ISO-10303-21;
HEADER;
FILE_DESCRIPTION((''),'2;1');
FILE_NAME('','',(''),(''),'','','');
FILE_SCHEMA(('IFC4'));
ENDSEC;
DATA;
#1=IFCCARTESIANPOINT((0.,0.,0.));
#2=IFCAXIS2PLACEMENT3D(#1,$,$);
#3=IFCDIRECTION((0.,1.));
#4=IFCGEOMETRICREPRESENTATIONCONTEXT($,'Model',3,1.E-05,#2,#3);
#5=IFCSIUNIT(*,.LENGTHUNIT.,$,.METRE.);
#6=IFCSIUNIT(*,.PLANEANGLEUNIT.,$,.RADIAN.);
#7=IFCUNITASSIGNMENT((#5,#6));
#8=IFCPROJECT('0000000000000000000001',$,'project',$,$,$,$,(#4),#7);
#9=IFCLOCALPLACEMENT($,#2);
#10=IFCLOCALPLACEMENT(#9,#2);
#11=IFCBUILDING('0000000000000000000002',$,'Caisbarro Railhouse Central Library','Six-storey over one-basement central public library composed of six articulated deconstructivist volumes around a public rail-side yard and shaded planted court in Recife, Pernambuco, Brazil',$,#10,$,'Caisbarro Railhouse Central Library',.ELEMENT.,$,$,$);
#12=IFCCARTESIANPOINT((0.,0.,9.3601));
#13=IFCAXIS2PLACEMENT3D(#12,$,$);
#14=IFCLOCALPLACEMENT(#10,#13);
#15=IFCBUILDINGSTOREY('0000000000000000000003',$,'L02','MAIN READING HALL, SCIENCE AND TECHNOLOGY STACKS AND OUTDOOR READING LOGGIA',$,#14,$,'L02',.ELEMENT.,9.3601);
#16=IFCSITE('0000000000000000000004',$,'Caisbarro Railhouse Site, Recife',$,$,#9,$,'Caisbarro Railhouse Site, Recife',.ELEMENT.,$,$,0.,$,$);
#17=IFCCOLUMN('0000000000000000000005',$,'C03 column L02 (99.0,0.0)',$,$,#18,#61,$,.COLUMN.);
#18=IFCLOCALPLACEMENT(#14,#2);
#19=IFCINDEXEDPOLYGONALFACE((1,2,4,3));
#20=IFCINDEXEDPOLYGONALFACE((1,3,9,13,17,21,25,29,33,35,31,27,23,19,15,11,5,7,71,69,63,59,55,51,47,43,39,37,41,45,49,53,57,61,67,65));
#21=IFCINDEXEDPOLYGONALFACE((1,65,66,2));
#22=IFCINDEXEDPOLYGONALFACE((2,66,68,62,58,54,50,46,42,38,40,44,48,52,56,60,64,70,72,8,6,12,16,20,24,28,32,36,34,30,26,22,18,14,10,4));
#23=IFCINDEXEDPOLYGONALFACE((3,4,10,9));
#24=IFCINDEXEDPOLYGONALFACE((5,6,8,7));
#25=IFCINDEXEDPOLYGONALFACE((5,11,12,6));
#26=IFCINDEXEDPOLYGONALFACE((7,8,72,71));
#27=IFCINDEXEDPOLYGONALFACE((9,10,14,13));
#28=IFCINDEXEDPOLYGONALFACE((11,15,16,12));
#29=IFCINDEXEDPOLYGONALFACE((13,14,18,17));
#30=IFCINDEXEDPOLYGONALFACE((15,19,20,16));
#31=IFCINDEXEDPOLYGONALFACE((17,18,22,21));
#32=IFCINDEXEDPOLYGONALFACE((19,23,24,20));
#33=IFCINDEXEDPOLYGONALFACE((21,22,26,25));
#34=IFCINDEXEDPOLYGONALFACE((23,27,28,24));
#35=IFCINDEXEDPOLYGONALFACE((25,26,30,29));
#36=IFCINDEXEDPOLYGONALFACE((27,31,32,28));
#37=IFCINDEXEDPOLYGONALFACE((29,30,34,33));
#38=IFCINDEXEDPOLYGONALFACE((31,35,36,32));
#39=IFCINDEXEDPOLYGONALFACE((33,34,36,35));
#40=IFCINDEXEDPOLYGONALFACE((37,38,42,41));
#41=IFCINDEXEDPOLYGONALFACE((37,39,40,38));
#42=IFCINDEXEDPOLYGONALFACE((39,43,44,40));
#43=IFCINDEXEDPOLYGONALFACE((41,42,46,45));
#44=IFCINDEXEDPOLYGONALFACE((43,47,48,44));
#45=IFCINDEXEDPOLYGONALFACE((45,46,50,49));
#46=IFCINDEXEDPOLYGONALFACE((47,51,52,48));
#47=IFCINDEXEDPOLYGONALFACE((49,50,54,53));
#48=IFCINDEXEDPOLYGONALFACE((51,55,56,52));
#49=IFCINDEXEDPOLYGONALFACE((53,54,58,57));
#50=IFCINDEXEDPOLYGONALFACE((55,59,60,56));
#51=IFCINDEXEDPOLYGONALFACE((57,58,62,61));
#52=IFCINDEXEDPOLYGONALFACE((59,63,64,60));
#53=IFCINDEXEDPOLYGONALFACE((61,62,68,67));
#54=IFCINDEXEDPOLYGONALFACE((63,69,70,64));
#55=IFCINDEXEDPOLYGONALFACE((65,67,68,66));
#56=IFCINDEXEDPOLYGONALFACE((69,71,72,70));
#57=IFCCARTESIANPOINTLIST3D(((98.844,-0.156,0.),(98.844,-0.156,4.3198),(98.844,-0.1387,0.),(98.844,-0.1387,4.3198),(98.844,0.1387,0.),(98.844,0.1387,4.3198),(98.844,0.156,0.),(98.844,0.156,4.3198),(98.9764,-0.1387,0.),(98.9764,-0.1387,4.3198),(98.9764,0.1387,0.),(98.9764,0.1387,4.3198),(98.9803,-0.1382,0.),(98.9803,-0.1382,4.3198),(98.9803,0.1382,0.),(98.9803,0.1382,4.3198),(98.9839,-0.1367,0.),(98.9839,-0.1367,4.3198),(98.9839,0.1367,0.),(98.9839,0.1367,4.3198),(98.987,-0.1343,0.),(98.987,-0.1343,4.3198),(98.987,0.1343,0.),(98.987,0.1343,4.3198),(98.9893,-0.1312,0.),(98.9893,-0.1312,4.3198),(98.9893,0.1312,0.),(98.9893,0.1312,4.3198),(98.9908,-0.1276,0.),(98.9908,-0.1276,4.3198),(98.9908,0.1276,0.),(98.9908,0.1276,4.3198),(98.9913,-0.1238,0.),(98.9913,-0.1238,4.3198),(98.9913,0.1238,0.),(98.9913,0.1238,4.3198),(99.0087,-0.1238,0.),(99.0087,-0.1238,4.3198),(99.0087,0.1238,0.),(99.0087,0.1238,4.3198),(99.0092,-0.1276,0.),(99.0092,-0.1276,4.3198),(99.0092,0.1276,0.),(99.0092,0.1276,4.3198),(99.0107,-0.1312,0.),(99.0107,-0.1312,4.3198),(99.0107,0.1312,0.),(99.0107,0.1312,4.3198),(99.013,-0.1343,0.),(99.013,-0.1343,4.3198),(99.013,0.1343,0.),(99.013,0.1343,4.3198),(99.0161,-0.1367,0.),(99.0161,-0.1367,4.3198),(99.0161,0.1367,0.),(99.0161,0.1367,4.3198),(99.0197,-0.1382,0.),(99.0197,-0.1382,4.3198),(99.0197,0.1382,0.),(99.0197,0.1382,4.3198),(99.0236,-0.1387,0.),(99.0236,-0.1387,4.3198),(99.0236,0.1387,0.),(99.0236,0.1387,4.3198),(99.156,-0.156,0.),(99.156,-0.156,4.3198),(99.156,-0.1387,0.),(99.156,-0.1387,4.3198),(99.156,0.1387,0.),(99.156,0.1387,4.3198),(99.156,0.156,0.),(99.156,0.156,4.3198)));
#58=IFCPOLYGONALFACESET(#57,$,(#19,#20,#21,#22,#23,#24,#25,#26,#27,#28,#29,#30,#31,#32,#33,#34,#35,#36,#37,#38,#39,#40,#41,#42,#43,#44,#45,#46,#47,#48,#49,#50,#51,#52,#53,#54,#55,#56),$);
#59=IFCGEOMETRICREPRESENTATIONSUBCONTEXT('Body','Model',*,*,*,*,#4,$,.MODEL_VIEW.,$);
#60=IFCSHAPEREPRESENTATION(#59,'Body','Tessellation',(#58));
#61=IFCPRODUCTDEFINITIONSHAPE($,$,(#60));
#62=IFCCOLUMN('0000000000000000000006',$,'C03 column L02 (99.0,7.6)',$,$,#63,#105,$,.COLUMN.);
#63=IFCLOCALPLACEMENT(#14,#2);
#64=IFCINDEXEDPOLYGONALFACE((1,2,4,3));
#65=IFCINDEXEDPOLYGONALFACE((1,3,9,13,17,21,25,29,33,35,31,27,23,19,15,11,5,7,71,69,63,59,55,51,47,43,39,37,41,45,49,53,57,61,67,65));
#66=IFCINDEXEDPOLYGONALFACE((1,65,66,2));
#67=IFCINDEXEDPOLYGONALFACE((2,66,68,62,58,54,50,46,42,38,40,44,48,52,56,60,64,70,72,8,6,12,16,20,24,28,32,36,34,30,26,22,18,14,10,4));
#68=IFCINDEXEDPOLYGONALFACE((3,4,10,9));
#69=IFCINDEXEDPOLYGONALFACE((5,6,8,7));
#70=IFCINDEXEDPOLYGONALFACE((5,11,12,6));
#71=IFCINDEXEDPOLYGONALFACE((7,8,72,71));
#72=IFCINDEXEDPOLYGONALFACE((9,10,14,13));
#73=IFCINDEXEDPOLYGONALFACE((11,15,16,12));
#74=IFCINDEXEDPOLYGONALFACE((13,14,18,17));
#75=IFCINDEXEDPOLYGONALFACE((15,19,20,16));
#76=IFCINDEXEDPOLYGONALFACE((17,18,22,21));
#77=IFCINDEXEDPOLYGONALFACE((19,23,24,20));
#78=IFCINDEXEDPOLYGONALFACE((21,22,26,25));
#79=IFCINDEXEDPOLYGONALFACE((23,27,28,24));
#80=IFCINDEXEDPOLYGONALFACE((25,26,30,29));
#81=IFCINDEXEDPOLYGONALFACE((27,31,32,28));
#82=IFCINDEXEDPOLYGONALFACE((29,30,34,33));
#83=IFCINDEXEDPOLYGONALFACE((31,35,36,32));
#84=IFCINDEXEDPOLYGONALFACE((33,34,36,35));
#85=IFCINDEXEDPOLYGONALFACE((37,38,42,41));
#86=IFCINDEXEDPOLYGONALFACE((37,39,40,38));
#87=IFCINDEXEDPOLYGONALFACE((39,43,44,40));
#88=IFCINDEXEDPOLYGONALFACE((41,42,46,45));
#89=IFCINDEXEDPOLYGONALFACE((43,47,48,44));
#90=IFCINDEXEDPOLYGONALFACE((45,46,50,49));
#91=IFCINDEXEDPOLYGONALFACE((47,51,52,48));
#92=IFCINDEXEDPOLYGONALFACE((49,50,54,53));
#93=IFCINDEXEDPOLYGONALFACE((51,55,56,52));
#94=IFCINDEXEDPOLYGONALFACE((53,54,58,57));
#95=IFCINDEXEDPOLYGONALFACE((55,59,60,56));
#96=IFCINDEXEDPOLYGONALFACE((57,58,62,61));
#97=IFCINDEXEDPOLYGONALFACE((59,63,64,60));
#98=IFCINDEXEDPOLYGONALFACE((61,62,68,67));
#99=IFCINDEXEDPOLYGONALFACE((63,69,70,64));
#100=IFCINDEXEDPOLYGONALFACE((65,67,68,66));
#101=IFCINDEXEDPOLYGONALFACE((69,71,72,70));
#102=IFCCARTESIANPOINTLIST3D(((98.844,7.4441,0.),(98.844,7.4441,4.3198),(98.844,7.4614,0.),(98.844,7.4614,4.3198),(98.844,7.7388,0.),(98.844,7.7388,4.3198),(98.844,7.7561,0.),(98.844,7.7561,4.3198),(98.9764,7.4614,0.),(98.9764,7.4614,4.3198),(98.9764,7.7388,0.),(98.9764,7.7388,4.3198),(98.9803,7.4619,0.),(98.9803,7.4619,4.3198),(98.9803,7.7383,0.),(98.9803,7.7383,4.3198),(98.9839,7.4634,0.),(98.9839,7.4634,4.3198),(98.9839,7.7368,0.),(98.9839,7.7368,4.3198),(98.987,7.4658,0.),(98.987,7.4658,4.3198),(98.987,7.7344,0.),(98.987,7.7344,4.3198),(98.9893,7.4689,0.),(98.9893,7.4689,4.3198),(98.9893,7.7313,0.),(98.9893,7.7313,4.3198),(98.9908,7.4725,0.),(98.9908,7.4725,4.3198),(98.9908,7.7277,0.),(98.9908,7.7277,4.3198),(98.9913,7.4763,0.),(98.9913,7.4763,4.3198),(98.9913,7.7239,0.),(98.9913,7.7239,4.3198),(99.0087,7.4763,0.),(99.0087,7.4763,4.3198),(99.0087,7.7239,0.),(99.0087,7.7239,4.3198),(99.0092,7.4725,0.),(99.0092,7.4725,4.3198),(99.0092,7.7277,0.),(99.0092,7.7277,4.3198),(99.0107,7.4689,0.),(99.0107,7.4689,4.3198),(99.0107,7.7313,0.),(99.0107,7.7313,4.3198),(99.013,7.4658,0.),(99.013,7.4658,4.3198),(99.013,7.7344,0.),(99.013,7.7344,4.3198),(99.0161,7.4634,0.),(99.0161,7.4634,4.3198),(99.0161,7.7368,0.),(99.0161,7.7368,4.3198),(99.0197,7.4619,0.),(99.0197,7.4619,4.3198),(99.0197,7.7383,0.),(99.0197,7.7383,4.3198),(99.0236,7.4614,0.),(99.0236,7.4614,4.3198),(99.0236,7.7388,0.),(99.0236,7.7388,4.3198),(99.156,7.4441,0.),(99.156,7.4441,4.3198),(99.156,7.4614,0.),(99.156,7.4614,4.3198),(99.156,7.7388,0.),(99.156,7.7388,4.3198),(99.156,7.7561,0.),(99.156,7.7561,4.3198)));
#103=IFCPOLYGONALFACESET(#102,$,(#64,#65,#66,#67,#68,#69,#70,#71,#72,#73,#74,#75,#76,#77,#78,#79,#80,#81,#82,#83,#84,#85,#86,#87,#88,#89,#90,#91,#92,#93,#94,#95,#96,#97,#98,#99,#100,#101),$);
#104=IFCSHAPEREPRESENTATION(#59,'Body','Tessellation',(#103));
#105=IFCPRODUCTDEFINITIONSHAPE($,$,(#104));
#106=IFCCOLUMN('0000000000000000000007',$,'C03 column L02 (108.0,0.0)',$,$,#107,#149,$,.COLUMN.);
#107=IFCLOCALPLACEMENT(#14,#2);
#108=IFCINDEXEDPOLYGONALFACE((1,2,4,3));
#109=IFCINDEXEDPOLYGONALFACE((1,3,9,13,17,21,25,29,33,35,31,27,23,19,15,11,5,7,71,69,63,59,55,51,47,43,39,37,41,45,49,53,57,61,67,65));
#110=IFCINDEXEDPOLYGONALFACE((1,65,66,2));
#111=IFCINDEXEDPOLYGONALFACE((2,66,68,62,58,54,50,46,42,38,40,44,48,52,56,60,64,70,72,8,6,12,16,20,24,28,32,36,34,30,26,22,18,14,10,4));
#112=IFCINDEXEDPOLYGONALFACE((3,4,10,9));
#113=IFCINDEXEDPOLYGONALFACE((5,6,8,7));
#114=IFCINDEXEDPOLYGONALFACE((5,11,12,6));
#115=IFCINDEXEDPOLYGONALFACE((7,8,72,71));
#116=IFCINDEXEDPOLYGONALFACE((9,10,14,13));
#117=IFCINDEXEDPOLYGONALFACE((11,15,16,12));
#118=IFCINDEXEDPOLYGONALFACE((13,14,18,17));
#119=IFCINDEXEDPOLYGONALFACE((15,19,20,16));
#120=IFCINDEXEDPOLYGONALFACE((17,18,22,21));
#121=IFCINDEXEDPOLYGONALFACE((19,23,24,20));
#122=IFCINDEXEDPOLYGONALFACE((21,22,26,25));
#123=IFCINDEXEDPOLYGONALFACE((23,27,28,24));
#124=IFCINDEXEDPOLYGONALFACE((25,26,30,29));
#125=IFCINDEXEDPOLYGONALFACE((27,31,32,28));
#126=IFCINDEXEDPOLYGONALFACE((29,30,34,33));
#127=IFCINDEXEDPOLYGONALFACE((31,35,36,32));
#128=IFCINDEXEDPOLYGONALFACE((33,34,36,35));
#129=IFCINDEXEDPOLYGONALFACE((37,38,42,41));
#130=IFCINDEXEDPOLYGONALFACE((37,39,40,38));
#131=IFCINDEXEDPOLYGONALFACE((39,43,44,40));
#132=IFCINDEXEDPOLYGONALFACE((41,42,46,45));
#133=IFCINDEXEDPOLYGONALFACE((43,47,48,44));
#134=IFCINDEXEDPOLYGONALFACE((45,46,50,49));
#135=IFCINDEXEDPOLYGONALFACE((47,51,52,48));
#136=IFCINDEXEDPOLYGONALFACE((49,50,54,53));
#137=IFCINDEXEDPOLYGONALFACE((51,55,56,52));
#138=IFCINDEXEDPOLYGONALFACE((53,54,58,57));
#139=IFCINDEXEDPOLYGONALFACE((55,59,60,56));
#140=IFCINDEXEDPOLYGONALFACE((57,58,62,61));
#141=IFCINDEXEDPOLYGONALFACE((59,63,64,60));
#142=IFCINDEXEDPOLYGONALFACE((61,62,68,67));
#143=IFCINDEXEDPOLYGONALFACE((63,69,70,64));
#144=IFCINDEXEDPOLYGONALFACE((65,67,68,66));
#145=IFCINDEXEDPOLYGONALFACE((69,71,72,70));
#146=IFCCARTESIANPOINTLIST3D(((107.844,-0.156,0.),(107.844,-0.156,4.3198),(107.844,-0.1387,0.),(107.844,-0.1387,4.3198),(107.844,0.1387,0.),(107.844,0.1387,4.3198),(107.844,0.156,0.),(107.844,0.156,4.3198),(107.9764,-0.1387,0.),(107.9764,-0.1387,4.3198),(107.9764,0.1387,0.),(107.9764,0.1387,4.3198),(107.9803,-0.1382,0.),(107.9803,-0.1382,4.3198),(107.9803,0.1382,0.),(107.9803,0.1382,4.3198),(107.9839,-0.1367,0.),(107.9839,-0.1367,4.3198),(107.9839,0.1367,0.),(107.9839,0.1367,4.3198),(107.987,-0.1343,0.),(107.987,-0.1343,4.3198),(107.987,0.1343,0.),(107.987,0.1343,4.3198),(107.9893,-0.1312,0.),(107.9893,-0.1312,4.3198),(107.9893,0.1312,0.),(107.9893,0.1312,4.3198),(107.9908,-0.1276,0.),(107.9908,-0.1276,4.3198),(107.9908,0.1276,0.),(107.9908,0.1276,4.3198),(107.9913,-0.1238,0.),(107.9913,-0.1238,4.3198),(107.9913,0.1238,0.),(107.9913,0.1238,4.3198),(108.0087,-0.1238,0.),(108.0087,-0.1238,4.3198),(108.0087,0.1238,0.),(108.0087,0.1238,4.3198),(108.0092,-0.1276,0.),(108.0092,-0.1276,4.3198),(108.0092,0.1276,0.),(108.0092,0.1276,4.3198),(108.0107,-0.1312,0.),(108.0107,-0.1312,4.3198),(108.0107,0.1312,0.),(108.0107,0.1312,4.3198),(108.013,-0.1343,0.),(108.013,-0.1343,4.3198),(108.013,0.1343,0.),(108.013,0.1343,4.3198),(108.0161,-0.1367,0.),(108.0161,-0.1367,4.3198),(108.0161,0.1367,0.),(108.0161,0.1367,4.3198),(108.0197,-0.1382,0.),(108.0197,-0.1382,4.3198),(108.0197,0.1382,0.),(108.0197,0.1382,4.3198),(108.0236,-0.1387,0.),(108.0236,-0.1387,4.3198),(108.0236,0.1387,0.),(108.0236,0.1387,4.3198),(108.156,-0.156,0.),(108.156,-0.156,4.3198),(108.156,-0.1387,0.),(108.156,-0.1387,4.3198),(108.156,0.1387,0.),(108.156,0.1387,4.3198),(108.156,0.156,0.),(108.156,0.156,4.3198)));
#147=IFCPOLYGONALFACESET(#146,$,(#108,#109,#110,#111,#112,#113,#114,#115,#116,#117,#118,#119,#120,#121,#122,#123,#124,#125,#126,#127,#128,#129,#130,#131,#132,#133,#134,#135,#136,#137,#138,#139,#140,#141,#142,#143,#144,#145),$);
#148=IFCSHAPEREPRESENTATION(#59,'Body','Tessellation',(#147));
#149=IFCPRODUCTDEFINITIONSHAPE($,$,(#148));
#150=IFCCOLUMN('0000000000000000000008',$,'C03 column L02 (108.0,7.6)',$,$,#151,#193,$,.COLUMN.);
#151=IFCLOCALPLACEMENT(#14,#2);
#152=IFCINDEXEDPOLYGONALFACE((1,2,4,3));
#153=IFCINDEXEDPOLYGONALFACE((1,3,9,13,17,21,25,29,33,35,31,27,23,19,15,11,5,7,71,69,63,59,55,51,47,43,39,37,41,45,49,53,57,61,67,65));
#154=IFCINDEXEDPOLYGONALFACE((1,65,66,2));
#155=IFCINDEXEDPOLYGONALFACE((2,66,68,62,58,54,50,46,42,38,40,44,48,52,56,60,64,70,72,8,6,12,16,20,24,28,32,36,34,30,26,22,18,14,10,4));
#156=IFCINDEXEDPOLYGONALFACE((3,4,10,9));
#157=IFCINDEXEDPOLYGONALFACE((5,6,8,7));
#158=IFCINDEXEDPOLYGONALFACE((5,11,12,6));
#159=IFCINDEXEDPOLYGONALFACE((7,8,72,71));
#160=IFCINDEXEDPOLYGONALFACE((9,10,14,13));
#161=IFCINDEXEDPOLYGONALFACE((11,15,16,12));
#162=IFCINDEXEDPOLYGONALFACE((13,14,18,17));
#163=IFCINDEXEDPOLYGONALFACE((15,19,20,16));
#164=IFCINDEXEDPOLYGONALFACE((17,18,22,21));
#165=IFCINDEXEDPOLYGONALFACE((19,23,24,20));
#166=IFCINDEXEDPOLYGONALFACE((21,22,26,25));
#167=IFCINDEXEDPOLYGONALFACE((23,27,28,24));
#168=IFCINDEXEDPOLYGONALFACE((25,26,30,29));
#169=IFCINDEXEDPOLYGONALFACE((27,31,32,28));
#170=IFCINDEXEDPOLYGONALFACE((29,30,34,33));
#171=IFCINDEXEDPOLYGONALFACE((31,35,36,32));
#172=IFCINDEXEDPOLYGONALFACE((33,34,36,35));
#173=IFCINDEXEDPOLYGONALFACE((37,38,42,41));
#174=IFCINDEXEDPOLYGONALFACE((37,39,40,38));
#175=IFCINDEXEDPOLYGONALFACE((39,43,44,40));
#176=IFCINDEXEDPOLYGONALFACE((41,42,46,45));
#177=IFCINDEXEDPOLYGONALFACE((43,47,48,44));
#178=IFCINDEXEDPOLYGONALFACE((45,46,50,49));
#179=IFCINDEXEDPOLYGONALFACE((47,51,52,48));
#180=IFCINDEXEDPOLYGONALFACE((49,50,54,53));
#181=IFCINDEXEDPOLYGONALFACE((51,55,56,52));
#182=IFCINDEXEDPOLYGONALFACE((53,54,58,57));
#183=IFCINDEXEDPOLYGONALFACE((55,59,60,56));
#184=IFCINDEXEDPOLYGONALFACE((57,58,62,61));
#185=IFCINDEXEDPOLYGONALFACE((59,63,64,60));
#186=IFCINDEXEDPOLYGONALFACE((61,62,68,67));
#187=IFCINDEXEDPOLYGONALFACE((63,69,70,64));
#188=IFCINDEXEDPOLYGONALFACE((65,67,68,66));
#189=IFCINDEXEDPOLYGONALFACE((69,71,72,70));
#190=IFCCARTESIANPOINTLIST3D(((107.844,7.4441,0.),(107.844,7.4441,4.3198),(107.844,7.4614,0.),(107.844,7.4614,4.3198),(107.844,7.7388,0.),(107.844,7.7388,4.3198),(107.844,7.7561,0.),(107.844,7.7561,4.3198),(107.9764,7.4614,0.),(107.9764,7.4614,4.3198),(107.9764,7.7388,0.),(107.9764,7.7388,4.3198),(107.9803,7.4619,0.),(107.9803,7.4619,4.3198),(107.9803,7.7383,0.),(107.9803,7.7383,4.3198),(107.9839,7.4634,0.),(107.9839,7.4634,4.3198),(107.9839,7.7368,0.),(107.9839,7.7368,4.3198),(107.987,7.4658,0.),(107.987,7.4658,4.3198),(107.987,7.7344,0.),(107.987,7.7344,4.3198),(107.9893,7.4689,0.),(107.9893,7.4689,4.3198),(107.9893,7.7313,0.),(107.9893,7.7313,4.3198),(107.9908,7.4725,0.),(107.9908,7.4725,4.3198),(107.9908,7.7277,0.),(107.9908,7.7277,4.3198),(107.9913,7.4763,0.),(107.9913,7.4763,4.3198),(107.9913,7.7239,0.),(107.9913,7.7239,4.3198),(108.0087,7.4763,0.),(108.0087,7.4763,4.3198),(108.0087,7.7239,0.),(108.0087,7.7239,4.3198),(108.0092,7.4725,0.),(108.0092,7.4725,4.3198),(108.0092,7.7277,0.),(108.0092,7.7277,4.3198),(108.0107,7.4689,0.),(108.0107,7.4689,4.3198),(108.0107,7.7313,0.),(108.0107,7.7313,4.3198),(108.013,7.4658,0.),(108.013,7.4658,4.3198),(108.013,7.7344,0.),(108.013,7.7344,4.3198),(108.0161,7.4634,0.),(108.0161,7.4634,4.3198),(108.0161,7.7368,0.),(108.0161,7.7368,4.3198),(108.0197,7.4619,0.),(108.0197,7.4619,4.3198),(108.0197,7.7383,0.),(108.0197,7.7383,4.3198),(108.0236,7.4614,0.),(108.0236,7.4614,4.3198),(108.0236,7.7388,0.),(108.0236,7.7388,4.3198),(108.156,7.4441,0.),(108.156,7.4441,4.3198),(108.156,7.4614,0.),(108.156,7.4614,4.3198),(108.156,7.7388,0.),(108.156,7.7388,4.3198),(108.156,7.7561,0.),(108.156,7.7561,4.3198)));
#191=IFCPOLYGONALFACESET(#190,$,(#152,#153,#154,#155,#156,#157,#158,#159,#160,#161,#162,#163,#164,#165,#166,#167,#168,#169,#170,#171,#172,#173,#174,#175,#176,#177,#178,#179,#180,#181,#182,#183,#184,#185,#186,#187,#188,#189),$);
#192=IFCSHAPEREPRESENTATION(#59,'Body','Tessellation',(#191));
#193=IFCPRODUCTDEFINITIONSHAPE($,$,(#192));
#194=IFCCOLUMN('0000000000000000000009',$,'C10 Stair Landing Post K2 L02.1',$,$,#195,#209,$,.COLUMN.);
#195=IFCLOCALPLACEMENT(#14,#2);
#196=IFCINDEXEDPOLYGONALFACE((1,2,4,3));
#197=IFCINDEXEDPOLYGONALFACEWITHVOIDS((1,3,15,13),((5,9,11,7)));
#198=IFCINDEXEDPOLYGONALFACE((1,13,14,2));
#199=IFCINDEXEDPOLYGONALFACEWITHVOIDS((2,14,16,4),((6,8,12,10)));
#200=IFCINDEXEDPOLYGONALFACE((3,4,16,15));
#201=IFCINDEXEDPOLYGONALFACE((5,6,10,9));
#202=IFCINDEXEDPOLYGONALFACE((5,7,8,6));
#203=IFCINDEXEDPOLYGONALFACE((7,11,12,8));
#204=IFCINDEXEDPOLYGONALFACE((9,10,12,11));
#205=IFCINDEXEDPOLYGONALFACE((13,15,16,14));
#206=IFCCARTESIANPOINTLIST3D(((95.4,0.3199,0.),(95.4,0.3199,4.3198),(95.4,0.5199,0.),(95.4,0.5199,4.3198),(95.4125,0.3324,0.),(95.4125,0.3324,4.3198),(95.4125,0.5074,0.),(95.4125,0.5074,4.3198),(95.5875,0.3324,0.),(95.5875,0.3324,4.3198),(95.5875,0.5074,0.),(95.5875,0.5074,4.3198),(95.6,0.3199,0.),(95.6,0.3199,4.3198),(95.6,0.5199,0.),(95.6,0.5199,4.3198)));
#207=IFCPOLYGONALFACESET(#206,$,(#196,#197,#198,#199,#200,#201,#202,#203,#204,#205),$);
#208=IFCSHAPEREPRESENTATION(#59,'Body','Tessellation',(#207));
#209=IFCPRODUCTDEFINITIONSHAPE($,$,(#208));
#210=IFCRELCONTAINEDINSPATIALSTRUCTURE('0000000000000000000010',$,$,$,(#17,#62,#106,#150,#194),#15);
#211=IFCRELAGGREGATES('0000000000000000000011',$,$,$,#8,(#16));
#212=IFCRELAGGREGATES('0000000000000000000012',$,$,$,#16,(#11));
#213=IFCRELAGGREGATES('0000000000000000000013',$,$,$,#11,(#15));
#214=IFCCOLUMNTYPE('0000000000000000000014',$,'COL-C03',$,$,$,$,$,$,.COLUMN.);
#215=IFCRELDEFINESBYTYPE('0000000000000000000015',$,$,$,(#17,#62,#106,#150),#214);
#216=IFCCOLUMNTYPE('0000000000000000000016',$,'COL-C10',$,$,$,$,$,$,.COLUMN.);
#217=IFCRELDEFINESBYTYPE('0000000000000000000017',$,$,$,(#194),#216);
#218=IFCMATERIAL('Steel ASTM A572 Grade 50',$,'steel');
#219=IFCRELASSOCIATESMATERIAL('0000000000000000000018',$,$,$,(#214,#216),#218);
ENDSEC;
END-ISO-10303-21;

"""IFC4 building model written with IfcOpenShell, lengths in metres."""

from ifc_helpers import new_model, si_unit, direction, frame, origin, origin_2d, place, context, subcontext, project, spatial, hollow_rectangle, i_section, extrude, material, material_profile, profile_set, type_object, element, save


model = new_model("IFC4")

# Units and contexts
model_context = context("Model", 3, precision=1e-05, world=origin(), true_north=direction((0.0, 1.0)))
body_context = subcontext(model_context, "Body", "Model", "MODEL_VIEW")
ifc_project = project(units=[si_unit("LENGTHUNIT", "METRE"), si_unit("PLANEANGLEUNIT", "RADIAN")], contexts=[model_context])

# Site, building, storey
site_placement = place(None, origin())
site = spatial("IfcSite", under=ifc_project, at=site_placement, Name="Caisbarro Railhouse Site, Recife", LongName="Caisbarro Railhouse Site, Recife", CompositionType="ELEMENT", RefElevation=0.0)
building_placement = place(site_placement, origin())
building = spatial("IfcBuilding", under=site, at=building_placement, Name="Caisbarro Railhouse Central Library", Description="Six-storey over one-basement central public library composed of six articulated deconstructivist volumes around a public rail-side yard and shaded planted court in Recife, Pernambuco, Brazil", LongName="Caisbarro Railhouse Central Library", CompositionType="ELEMENT")
storey_placement = place(building_placement, frame((0.0, 0.0, 9.3601)))
storey = spatial("IfcBuildingStorey", under=building, at=storey_placement, Name="L02", Description="MAIN READING HALL, SCIENCE AND TECHNOLOGY STACKS AND OUTDOOR READING LOGGIA", LongName="L02", CompositionType="ELEMENT", Elevation=9.3601)

# Columns
ifc_material_1 = material(Name="Steel ASTM A572 Grade 50", Category="steel")
ifc_material_profile_1 = material_profile(ifc_material_1, i_section(OverallWidth=0.312, OverallDepth=0.312, WebThickness=0.0173, FlangeThickness=0.0173, FilletRadius=0.0149, at=origin_2d()), Name="HP310X125.0")
ifc_profile_set_1 = profile_set([ifc_material_profile_1], Name="Steel ASTM A572 Grade 50")
column_type_1 = type_object("IfcColumnType", Name="COL-C03", PredefinedType="COLUMN", material=ifc_profile_set_1)
for number, where, z_axis, x_axis, name in (
    (1, (99.0, 0.0, 0.0), (0.0, 0.0, 1.0), (1.0, 0.0, 0.0), "C03 column L02 (99.0,0.0)"),
    (2, (99.0, 7.6001, 0.0), (0.0, 0.0, 1.0), (1.0, 0.0, 0.0), "C03 column L02 (99.0,7.6)"),
    (3, (108.0, 0.0, 0.0), (0.0, 0.0, 1.0), (1.0, 0.0, 0.0), "C03 column L02 (108.0,0.0)"),
    (4, (108.0, 7.6001, 0.0), (0.0, 0.0, 1.0), (1.0, 0.0, 0.0), "C03 column L02 (108.0,7.6)"),
):
    element("IfcColumn", number, at=place(storey_placement, frame(where, z_axis=z_axis, x_axis=x_axis)), inside=storey, type_object=column_type_1, Name=name, PredefinedType="COLUMN", context=body_context, shape_type="SweptSolid", body=[
        extrude(i_section(OverallWidth=0.312, OverallDepth=0.312, WebThickness=0.0173, FlangeThickness=0.0173, FilletRadius=0.0149, at=origin_2d()), origin(), (0.0, 0.0, 1.0), 4.3198),
    ])
ifc_material_profile_2 = material_profile(ifc_material_1, hollow_rectangle(XDim=0.2, YDim=0.2, WallThickness=0.0125, at=origin_2d()), Name="HSS200X200X12.5")
ifc_profile_set_2 = profile_set([ifc_material_profile_2], Name="Steel ASTM A572 Grade 50")
column_type_2 = type_object("IfcColumnType", Name="COL-C10", PredefinedType="COLUMN", material=ifc_profile_set_2)
for number, where, z_axis, x_axis, name in (
    (5, (95.5, 0.4199, 0.0), (0.0, 0.0, 1.0), (1.0, 0.0, 0.0), "C10 Stair Landing Post K2 L02.1"),
):
    element("IfcColumn", number, at=place(storey_placement, frame(where, z_axis=z_axis, x_axis=x_axis)), inside=storey, type_object=column_type_2, Name=name, PredefinedType="COLUMN", context=body_context, shape_type="SweptSolid", body=[
        extrude(hollow_rectangle(XDim=0.2, YDim=0.2, WallThickness=0.0125, at=origin_2d()), origin(), (0.0, 0.0, 1.0), 4.3198),
    ])

save(model, "model.ifc")
